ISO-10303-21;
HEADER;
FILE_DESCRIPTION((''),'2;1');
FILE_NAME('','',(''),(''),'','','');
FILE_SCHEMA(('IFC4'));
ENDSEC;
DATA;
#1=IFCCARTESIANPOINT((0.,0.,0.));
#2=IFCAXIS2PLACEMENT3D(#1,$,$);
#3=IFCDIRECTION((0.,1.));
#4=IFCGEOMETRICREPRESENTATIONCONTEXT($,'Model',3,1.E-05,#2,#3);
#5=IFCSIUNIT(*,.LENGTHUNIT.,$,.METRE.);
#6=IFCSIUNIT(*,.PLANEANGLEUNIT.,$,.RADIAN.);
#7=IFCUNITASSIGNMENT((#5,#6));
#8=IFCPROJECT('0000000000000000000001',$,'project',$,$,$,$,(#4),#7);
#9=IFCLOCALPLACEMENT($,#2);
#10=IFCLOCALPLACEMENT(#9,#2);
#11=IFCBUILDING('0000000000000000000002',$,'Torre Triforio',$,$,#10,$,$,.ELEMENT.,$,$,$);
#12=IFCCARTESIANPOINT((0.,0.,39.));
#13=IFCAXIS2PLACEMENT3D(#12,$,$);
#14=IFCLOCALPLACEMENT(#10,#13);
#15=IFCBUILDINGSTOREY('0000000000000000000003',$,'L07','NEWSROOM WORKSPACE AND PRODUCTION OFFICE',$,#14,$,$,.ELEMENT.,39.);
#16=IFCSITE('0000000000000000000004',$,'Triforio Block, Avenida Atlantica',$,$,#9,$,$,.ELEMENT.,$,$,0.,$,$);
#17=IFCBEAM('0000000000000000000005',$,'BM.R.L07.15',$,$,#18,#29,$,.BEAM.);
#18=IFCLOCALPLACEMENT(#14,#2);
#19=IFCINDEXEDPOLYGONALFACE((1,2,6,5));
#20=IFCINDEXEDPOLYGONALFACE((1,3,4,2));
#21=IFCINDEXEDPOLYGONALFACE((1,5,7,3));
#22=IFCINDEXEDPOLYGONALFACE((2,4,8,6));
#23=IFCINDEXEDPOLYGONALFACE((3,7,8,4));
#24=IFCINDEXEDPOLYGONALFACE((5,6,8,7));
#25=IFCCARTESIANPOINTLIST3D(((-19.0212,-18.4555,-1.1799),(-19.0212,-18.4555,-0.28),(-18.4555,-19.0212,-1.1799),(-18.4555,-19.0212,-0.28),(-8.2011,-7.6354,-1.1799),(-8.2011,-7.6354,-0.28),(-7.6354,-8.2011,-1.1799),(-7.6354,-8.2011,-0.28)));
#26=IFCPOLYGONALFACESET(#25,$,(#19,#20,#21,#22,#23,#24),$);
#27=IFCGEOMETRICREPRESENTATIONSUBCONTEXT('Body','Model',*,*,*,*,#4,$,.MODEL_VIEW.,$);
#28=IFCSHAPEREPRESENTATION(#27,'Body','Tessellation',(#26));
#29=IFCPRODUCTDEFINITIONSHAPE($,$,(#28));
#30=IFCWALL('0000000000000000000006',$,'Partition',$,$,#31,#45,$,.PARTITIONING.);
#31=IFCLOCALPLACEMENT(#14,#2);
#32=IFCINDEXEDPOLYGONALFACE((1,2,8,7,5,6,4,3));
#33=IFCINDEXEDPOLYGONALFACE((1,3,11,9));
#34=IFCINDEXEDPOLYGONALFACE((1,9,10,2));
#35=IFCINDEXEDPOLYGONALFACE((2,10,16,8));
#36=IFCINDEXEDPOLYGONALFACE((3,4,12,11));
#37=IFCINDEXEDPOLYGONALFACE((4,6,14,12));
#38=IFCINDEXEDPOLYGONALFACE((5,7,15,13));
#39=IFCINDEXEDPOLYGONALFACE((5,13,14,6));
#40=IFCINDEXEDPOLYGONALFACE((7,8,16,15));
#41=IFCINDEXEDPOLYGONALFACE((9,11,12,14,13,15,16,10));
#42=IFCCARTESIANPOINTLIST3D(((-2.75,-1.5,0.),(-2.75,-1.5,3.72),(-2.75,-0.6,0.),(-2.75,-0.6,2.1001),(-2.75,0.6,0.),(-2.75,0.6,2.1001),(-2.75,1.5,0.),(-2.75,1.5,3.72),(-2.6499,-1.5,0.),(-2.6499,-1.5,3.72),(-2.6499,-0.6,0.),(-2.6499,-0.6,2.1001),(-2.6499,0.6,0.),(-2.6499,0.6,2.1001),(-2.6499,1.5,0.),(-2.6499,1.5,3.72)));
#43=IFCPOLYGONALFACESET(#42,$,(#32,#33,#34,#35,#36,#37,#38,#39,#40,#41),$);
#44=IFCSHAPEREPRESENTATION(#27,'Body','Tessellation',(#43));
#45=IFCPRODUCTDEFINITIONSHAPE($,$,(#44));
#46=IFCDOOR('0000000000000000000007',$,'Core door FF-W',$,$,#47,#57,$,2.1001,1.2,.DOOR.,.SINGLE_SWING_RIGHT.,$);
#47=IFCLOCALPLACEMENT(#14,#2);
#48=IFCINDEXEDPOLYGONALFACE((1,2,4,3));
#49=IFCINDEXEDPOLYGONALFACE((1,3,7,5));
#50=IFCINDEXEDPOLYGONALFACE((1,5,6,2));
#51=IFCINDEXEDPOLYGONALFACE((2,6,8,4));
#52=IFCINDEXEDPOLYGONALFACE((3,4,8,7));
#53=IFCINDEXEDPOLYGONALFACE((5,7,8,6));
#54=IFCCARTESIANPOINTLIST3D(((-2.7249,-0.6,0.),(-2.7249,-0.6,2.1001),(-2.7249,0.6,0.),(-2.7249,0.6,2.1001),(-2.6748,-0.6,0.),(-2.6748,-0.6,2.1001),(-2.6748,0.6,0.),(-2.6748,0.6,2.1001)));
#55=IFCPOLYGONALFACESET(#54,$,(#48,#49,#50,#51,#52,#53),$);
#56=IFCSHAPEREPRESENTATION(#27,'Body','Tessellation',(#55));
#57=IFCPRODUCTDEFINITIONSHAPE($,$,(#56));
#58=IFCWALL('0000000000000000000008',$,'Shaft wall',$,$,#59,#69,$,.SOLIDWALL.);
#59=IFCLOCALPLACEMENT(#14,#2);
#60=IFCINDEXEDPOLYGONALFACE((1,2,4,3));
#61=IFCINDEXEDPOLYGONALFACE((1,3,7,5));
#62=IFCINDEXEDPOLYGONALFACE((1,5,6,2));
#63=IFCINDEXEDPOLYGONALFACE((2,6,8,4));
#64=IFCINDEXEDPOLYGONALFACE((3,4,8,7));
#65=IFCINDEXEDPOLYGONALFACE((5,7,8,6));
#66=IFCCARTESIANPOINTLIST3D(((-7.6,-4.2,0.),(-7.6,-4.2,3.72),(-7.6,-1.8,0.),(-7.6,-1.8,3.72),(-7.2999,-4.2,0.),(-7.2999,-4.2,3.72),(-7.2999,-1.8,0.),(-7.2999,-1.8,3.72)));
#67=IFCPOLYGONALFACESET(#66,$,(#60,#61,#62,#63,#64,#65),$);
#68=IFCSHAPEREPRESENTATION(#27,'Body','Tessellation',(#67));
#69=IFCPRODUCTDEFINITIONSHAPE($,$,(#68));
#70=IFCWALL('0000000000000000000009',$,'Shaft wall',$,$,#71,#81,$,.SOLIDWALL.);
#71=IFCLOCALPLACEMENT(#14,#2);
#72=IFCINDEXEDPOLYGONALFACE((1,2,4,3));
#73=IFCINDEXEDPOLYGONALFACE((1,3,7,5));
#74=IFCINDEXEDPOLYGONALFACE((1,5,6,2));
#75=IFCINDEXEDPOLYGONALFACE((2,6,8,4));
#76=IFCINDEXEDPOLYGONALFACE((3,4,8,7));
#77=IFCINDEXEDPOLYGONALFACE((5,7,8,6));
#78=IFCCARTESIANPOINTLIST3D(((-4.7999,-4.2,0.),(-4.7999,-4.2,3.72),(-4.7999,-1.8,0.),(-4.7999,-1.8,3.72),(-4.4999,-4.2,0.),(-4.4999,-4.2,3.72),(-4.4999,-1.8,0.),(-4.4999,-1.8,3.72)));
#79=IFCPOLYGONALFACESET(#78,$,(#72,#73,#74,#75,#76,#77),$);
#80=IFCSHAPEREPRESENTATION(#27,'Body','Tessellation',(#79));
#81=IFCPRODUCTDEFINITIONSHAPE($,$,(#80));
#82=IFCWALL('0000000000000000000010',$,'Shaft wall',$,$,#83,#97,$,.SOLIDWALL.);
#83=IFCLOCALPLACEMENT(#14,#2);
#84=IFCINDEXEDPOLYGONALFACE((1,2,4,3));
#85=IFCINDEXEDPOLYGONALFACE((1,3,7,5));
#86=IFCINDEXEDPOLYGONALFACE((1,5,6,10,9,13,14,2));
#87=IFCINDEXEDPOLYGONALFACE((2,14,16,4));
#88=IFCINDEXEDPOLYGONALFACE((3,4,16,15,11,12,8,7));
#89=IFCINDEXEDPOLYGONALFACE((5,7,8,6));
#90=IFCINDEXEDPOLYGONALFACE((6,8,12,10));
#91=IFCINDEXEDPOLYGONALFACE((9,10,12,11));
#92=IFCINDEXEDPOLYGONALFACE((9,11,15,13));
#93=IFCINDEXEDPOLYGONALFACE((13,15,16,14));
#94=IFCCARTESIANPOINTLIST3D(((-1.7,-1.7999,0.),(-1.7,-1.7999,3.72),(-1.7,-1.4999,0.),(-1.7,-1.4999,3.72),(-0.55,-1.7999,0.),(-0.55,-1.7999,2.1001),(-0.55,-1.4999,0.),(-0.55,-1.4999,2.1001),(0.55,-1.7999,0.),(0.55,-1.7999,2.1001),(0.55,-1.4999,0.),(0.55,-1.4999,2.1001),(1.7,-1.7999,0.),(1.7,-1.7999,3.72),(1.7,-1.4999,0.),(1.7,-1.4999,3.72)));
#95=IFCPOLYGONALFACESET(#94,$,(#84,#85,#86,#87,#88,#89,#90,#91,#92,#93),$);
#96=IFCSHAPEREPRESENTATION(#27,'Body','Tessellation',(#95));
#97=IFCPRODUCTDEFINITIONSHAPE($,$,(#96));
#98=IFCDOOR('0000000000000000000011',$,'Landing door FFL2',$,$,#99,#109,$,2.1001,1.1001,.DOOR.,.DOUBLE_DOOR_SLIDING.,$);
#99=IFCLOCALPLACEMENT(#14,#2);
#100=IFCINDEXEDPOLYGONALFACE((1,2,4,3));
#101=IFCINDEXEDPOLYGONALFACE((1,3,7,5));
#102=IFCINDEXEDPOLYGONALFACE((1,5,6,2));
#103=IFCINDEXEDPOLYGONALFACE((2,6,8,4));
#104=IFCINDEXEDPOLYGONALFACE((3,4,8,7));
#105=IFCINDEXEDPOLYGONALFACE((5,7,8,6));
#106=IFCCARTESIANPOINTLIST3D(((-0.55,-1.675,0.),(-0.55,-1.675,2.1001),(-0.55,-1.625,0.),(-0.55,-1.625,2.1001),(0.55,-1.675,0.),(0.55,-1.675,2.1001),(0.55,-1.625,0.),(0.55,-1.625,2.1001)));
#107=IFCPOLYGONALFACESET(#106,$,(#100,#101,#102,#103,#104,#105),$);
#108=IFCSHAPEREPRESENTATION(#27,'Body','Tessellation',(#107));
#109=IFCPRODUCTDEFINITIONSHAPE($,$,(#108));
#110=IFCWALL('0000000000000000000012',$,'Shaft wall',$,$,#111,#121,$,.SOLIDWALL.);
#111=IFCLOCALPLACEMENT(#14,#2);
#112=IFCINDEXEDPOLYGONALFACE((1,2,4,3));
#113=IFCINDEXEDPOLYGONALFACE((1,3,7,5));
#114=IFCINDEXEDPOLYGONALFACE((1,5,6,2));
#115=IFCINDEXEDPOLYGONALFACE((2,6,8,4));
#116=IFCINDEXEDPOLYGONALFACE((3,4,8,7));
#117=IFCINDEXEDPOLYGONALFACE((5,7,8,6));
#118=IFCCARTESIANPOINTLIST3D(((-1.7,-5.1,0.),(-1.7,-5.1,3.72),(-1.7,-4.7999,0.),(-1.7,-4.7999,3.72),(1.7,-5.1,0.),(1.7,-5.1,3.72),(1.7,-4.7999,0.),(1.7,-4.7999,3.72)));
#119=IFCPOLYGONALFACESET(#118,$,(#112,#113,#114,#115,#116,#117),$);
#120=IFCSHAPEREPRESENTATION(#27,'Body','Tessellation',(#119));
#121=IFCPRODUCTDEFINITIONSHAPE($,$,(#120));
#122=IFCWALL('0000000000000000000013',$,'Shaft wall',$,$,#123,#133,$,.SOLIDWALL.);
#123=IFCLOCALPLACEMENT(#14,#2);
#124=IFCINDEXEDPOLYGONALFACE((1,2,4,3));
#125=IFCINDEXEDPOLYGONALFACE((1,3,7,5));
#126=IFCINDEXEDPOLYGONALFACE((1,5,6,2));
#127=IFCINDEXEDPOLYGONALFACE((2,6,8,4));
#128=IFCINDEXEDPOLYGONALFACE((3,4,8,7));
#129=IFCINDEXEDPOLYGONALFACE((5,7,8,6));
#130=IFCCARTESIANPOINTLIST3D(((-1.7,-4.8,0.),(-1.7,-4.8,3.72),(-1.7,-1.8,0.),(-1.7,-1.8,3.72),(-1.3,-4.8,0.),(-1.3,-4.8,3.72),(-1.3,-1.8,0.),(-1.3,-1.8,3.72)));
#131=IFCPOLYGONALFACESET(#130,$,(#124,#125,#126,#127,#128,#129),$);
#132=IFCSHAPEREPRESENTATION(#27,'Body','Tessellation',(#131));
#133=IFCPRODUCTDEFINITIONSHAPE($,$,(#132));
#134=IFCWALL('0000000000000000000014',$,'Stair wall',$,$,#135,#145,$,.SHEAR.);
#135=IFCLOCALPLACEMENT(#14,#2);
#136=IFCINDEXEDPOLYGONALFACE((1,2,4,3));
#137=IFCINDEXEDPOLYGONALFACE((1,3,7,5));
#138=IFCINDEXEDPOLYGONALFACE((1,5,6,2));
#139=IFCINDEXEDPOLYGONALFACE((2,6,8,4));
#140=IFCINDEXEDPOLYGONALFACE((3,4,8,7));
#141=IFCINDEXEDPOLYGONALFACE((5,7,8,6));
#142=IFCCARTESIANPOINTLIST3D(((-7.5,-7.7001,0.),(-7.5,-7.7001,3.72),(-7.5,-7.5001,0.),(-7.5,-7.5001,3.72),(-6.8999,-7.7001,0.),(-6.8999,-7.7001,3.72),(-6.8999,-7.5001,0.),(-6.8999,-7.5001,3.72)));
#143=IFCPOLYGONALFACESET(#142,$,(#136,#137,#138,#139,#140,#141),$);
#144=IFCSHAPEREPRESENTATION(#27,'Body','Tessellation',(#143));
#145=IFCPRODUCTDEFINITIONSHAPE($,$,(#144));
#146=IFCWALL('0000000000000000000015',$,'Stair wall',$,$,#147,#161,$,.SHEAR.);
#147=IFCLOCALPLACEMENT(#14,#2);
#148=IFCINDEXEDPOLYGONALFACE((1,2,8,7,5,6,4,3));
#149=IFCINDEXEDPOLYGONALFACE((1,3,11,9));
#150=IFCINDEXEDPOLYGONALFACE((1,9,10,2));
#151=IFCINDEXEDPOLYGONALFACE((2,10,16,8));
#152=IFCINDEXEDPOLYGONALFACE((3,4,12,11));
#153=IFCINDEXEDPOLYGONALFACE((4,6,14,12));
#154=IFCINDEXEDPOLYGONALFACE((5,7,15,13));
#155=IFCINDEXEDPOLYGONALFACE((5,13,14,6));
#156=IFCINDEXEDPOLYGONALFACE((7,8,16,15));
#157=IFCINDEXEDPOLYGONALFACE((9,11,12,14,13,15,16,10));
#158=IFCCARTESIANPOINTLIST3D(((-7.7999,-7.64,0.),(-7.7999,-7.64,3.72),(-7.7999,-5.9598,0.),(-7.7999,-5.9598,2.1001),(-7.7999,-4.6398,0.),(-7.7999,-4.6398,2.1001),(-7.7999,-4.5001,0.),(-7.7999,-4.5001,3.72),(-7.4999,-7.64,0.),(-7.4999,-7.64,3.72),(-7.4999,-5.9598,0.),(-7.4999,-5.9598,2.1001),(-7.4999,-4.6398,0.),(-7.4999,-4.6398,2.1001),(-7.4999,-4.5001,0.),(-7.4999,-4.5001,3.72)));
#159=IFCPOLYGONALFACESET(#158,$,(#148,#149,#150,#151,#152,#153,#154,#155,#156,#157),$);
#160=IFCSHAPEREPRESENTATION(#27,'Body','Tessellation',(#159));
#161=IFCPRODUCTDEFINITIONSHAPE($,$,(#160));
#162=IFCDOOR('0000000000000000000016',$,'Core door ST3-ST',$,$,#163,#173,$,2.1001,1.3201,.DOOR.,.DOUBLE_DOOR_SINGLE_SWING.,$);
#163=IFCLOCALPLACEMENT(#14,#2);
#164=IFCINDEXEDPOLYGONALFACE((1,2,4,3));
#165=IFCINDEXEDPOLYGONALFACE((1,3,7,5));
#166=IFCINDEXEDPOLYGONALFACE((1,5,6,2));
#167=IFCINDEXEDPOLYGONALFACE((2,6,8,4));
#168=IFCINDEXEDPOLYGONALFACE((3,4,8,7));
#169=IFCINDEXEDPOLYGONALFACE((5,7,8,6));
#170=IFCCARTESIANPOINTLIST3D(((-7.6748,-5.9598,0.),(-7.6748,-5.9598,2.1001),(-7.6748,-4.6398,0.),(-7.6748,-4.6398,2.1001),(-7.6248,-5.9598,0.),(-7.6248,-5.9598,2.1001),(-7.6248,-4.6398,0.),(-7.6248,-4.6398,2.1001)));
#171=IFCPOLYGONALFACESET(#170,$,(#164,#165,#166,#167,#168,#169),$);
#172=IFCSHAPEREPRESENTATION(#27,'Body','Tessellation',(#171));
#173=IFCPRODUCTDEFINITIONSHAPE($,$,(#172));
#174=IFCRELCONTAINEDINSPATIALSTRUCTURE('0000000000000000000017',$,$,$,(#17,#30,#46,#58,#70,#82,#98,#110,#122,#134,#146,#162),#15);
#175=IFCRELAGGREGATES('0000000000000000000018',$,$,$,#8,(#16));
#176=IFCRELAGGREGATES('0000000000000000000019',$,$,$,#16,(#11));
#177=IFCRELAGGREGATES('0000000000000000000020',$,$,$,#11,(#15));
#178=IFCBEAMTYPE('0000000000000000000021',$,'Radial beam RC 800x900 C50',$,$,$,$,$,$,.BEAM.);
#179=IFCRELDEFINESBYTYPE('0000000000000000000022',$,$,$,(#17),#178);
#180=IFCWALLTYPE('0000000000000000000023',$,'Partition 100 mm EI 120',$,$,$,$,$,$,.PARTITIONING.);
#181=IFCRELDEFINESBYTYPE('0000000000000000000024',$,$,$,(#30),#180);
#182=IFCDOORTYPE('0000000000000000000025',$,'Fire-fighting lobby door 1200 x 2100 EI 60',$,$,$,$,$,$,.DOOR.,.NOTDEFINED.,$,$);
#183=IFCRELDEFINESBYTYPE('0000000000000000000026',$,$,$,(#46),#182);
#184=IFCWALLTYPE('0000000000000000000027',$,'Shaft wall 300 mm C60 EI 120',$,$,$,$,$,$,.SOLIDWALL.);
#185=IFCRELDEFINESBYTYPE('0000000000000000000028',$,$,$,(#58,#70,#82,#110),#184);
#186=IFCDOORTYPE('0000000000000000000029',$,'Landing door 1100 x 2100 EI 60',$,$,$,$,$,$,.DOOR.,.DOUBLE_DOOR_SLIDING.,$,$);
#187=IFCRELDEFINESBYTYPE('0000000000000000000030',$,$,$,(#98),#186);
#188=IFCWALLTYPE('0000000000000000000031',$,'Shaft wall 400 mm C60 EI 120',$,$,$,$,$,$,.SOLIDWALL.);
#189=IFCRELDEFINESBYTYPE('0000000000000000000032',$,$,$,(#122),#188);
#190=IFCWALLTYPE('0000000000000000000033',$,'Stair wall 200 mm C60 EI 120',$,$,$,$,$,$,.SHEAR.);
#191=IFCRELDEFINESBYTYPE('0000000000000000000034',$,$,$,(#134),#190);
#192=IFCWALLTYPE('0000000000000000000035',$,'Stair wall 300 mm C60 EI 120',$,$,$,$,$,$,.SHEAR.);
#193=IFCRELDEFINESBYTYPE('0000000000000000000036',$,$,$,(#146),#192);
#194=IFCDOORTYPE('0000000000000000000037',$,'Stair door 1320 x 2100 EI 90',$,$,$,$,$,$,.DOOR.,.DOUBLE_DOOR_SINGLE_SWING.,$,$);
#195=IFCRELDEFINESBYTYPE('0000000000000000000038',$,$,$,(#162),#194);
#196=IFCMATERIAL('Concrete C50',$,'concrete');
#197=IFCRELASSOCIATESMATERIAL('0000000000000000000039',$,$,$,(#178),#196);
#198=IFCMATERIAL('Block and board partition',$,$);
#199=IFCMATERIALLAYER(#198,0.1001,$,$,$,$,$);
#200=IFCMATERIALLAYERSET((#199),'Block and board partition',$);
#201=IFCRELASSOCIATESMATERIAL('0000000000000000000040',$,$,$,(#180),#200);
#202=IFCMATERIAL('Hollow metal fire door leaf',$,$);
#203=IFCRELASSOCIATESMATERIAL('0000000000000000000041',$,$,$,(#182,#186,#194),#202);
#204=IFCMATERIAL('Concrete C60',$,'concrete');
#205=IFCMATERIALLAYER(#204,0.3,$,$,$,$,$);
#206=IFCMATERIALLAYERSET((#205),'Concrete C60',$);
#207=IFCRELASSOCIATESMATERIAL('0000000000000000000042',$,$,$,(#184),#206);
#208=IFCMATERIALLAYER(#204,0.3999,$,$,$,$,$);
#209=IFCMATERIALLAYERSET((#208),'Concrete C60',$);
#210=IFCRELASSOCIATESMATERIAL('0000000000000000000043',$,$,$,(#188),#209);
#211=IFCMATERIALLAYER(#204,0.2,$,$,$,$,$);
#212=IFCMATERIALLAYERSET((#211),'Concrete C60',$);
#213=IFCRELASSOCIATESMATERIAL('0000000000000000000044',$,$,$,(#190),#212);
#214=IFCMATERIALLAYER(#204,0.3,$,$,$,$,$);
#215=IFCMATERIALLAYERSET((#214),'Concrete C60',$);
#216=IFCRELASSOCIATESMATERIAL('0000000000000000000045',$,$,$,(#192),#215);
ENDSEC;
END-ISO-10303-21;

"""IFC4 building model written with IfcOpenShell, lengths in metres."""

from ifc_helpers import new_model, si_unit, direction, frame, frame_2d, origin, origin_2d, place, context, subcontext, project, spatial, rectangle, extrude, material, layer, layer_set, material_profile, profile_set, type_object, element, fill, save


model = new_model("IFC4")

# Units and contexts
model_context = context("Model", 3, precision=1e-05, world=origin(), true_north=direction((0.0, 1.0)))
body_context = subcontext(model_context, "Body", "Model", "MODEL_VIEW")
ifc_project = project(units=[si_unit("LENGTHUNIT", "METRE"), si_unit("PLANEANGLEUNIT", "RADIAN")], contexts=[model_context])

# Site, building, storey
site_placement = place(None, origin())
site = spatial("IfcSite", under=ifc_project, at=site_placement, Name="Triforio Block, Avenida Atlantica", CompositionType="ELEMENT", RefElevation=0.0)
building_placement = place(site_placement, origin())
building = spatial("IfcBuilding", under=site, at=building_placement, Name="Torre Triforio", CompositionType="ELEMENT")
storey_placement = place(building_placement, frame((0.0, 0.0, 39.0)))
storey = spatial("IfcBuildingStorey", under=building, at=storey_placement, Name="L07", Description="NEWSROOM WORKSPACE AND PRODUCTION OFFICE", CompositionType="ELEMENT", Elevation=39.0)

# Beam
ifc_material_1 = material(Name="Concrete C50", Category="concrete")
ifc_material_profile = material_profile(ifc_material_1, rectangle(XDim=0.8, YDim=0.8999, at=origin_2d()), Name="RC 800x900")
ifc_profile_set = profile_set([ifc_material_profile], Name="Concrete C50")
beam_type = type_object("IfcBeamType", Name="Radial beam RC 800x900 C50", PredefinedType="BEAM", material=ifc_profile_set)
beam_placement = place(storey_placement, frame((-7.9182, -7.9182, -0.73), z_axis=(-0.707107, -0.707107, 0.0), x_axis=(0.707107, -0.707107, 0.0)))
element("IfcBeam", 1, at=beam_placement, inside=storey, type_object=beam_type, Name="BM.R.L07.15", PredefinedType="BEAM", context=body_context, shape_type="SweptSolid", body=[
    extrude(rectangle(XDim=0.8, YDim=0.8999, at=origin_2d()), origin(), (0.0, 0.0, 1.0), 15.302),
])

# Wall, opening, door
ifc_material_2 = material(Name="Block and board partition")
ifc_layer_1 = layer(ifc_material_2, 0.1001)
ifc_layer_set_1 = layer_set([ifc_layer_1], Name="Block and board partition")
wall_type_1 = type_object("IfcWallType", Name="Partition 100 mm EI 120", PredefinedType="PARTITIONING", material=ifc_layer_set_1)
wall_1_placement = place(storey_placement, frame((-2.7, -1.5, 0.0), z_axis=(0.0, 0.0, 1.0), x_axis=(0.0, 1.0, 0.0)))
wall_1 = element("IfcWall", 2, at=wall_1_placement, inside=storey, type_object=wall_type_1, Name="Partition", PredefinedType="PARTITIONING", context=body_context, shape_type="SweptSolid", body=[
    extrude(rectangle(XDim=3.0, YDim=0.1001, at=frame_2d((1.5, 0.0))), origin(), (0.0, 0.0, 1.0), 3.72),
])
opening_1_placement = place(wall_1_placement, frame((0.8999, 0.0, 0.0)))
opening_1 = element("IfcOpeningElement", 3, at=opening_1_placement, cuts=wall_1, PredefinedType="OPENING", context=body_context, shape_type="SweptSolid", body=[
    extrude(rectangle(XDim=1.2, YDim=2.1001, at=frame_2d((0.6001, 1.05))), frame((0.0, 0.0601, 0.0), z_axis=(0.0, -1.0, 0.0), x_axis=(1.0, 0.0, 0.0)), (0.0, 0.0, 1.0), 0.1201),
])
ifc_material_3 = material(Name="Hollow metal fire door leaf")
door_type_1 = type_object("IfcDoorType", Name="Fire-fighting lobby door 1200 x 2100 EI 60", OperationType="NOTDEFINED", PredefinedType="DOOR", material=ifc_material_3)
door_1_placement = place(opening_1_placement, origin())
door_1 = element("IfcDoor", 4, at=door_1_placement, inside=storey, type_object=door_type_1, Name="Core door FF-W", OperationType="SINGLE_SWING_RIGHT", OverallHeight=2.1001, OverallWidth=1.2, PredefinedType="DOOR", context=body_context, shape_type="SweptSolid", body=[
    extrude(rectangle(XDim=1.2, YDim=2.1001, at=frame_2d((0.6001, 1.05))), frame((0.0, 0.0249, 0.0), z_axis=(0.0, -1.0, 0.0), x_axis=(1.0, 0.0, 0.0)), (0.0, 0.0, 1.0), 0.05),
])
fill(opening_1, door_1)

# Walls
ifc_material_4 = material(Name="Concrete C60", Category="concrete")
ifc_layer_2 = layer(ifc_material_4, 0.3)
ifc_layer_set_2 = layer_set([ifc_layer_2], Name="Concrete C60")
wall_type_2 = type_object("IfcWallType", Name="Shaft wall 300 mm C60 EI 120", PredefinedType="SOLIDWALL", material=ifc_layer_set_2)
for number, where, z_axis, x_axis, name in (
    (5, (-7.45, -4.2, 0.0), (0.0, 0.0, 1.0), (0.0, 1.0, 0.0), "Shaft wall"),
    (6, (-4.6499, -4.2, 0.0), (0.0, 0.0, 1.0), (0.0, 1.0, 0.0), "Shaft wall"),
):
    element("IfcWall", number, at=place(storey_placement, frame(where, z_axis=z_axis, x_axis=x_axis)), inside=storey, type_object=wall_type_2, Name=name, PredefinedType="SOLIDWALL", context=body_context, shape_type="SweptSolid", body=[
        extrude(rectangle(XDim=2.3999, YDim=0.3, at=frame_2d((1.2, 0.0))), origin(), (0.0, 0.0, 1.0), 3.72),
    ])

# Wall, opening, door
wall_2_placement = place(storey_placement, frame((-1.7, -1.6499, 0.0), z_axis=(0.0, 0.0, 1.0), x_axis=(1.0, 0.0, 0.0)))
wall_2 = element("IfcWall", 7, at=wall_2_placement, inside=storey, type_object=wall_type_2, Name="Shaft wall", PredefinedType="SOLIDWALL", context=body_context, shape_type="SweptSolid", body=[
    extrude(rectangle(XDim=3.3999, YDim=0.3, at=frame_2d((1.7, 0.0))), origin(), (0.0, 0.0, 1.0), 3.72),
])
opening_2_placement = place(wall_2_placement, frame((1.1499, 0.0, 0.0)))
opening_2 = element("IfcOpeningElement", 8, at=opening_2_placement, cuts=wall_2, PredefinedType="OPENING", context=body_context, shape_type="SweptSolid", body=[
    extrude(rectangle(XDim=1.1001, YDim=2.1001, at=frame_2d((0.55, 1.05))), frame((0.0, 0.1599, 0.0), z_axis=(0.0, -1.0, 0.0), x_axis=(1.0, 0.0, 0.0)), (0.0, 0.0, 1.0), 0.3201),
])
door_type_2 = type_object("IfcDoorType", Name="Landing door 1100 x 2100 EI 60", OperationType="DOUBLE_DOOR_SLIDING", PredefinedType="DOOR", material=ifc_material_3)
door_2_placement = place(opening_2_placement, origin())
door_2 = element("IfcDoor", 9, at=door_2_placement, inside=storey, type_object=door_type_2, Name="Landing door FFL2", OperationType="DOUBLE_DOOR_SLIDING", OverallHeight=2.1001, OverallWidth=1.1001, PredefinedType="DOOR", context=body_context, shape_type="SweptSolid", body=[
    extrude(rectangle(XDim=1.1001, YDim=2.1001, at=frame_2d((0.55, 1.05))), frame((0.0, 0.0249, 0.0), z_axis=(0.0, -1.0, 0.0), x_axis=(1.0, 0.0, 0.0)), (0.0, 0.0, 1.0), 0.05),
])
fill(opening_2, door_2)

# Walls
wall_3_placement = place(storey_placement, frame((-1.7, -4.95, 0.0), z_axis=(0.0, 0.0, 1.0), x_axis=(1.0, 0.0, 0.0)))
element("IfcWall", 10, at=wall_3_placement, inside=storey, type_object=wall_type_2, Name="Shaft wall", PredefinedType="SOLIDWALL", context=body_context, shape_type="SweptSolid", body=[
    extrude(rectangle(XDim=3.3999, YDim=0.3, at=frame_2d((1.7, 0.0))), origin(), (0.0, 0.0, 1.0), 3.72),
])
ifc_layer_3 = layer(ifc_material_4, 0.3999)
ifc_layer_set_3 = layer_set([ifc_layer_3], Name="Concrete C60")
wall_type_3 = type_object("IfcWallType", Name="Shaft wall 400 mm C60 EI 120", PredefinedType="SOLIDWALL", material=ifc_layer_set_3)
wall_4_placement = place(storey_placement, frame((-1.5, -4.8, 0.0), z_axis=(0.0, 0.0, 1.0), x_axis=(0.0, 1.0, 0.0)))
element("IfcWall", 11, at=wall_4_placement, inside=storey, type_object=wall_type_3, Name="Shaft wall", PredefinedType="SOLIDWALL", context=body_context, shape_type="SweptSolid", body=[
    extrude(rectangle(XDim=3.0, YDim=0.3999, at=frame_2d((1.5, 0.0))), origin(), (0.0, 0.0, 1.0), 3.72),
])
ifc_layer_4 = layer(ifc_material_4, 0.2)
ifc_layer_set_4 = layer_set([ifc_layer_4], Name="Concrete C60")
wall_type_4 = type_object("IfcWallType", Name="Stair wall 200 mm C60 EI 120", PredefinedType="SHEAR", material=ifc_layer_set_4)
wall_5_placement = place(storey_placement, frame((-7.5, -7.6001, 0.0), z_axis=(0.0, 0.0, 1.0), x_axis=(1.0, 0.0, 0.0)))
element("IfcWall", 12, at=wall_5_placement, inside=storey, type_object=wall_type_4, Name="Stair wall", PredefinedType="SHEAR", context=body_context, shape_type="SweptSolid", body=[
    extrude(rectangle(XDim=0.6001, YDim=0.2, at=frame_2d((0.3, 0.0))), origin(), (0.0, 0.0, 1.0), 3.72),
])

# Wall, opening, door
ifc_layer_5 = layer(ifc_material_4, 0.3)
ifc_layer_set_5 = layer_set([ifc_layer_5], Name="Concrete C60")
wall_type_5 = type_object("IfcWallType", Name="Stair wall 300 mm C60 EI 120", PredefinedType="SHEAR", material=ifc_layer_set_5)
wall_6_placement = place(storey_placement, frame((-7.6499, -7.6399, 0.0), z_axis=(0.0, 0.0, 1.0), x_axis=(0.0, 1.0, 0.0)))
wall_6 = element("IfcWall", 13, at=wall_6_placement, inside=storey, type_object=wall_type_5, Name="Stair wall", PredefinedType="SHEAR", context=body_context, shape_type="SweptSolid", body=[
    extrude(rectangle(XDim=3.1399, YDim=0.3, at=frame_2d((1.5698, 0.0))), origin(), (0.0, 0.0, 1.0), 3.72),
])
opening_3_placement = place(wall_6_placement, frame((1.6799, 0.0, 0.0)))
opening_3 = element("IfcOpeningElement", 14, at=opening_3_placement, cuts=wall_6, PredefinedType="OPENING", context=body_context, shape_type="SweptSolid", body=[
    extrude(rectangle(XDim=1.3201, YDim=2.1001, at=frame_2d((0.6602, 1.05))), frame((0.0, 0.1599, 0.0), z_axis=(0.0, -1.0, 0.0), x_axis=(1.0, 0.0, 0.0)), (0.0, 0.0, 1.0), 0.3201),
])
door_type_3 = type_object("IfcDoorType", Name="Stair door 1320 x 2100 EI 90", OperationType="DOUBLE_DOOR_SINGLE_SWING", PredefinedType="DOOR", material=ifc_material_3)
door_3_placement = place(opening_3_placement, origin())
door_3 = element("IfcDoor", 15, at=door_3_placement, inside=storey, type_object=door_type_3, Name="Core door ST3-ST", OperationType="DOUBLE_DOOR_SINGLE_SWING", OverallHeight=2.1001, OverallWidth=1.3201, PredefinedType="DOOR", context=body_context, shape_type="SweptSolid", body=[
    extrude(rectangle(XDim=1.3201, YDim=2.1001, at=frame_2d((0.6602, 1.05))), frame((0.0, 0.0249, 0.0), z_axis=(0.0, -1.0, 0.0), x_axis=(1.0, 0.0, 0.0)), (0.0, 0.0, 1.0), 0.05),
])
fill(opening_3, door_3)

save(model, "model.ifc")
